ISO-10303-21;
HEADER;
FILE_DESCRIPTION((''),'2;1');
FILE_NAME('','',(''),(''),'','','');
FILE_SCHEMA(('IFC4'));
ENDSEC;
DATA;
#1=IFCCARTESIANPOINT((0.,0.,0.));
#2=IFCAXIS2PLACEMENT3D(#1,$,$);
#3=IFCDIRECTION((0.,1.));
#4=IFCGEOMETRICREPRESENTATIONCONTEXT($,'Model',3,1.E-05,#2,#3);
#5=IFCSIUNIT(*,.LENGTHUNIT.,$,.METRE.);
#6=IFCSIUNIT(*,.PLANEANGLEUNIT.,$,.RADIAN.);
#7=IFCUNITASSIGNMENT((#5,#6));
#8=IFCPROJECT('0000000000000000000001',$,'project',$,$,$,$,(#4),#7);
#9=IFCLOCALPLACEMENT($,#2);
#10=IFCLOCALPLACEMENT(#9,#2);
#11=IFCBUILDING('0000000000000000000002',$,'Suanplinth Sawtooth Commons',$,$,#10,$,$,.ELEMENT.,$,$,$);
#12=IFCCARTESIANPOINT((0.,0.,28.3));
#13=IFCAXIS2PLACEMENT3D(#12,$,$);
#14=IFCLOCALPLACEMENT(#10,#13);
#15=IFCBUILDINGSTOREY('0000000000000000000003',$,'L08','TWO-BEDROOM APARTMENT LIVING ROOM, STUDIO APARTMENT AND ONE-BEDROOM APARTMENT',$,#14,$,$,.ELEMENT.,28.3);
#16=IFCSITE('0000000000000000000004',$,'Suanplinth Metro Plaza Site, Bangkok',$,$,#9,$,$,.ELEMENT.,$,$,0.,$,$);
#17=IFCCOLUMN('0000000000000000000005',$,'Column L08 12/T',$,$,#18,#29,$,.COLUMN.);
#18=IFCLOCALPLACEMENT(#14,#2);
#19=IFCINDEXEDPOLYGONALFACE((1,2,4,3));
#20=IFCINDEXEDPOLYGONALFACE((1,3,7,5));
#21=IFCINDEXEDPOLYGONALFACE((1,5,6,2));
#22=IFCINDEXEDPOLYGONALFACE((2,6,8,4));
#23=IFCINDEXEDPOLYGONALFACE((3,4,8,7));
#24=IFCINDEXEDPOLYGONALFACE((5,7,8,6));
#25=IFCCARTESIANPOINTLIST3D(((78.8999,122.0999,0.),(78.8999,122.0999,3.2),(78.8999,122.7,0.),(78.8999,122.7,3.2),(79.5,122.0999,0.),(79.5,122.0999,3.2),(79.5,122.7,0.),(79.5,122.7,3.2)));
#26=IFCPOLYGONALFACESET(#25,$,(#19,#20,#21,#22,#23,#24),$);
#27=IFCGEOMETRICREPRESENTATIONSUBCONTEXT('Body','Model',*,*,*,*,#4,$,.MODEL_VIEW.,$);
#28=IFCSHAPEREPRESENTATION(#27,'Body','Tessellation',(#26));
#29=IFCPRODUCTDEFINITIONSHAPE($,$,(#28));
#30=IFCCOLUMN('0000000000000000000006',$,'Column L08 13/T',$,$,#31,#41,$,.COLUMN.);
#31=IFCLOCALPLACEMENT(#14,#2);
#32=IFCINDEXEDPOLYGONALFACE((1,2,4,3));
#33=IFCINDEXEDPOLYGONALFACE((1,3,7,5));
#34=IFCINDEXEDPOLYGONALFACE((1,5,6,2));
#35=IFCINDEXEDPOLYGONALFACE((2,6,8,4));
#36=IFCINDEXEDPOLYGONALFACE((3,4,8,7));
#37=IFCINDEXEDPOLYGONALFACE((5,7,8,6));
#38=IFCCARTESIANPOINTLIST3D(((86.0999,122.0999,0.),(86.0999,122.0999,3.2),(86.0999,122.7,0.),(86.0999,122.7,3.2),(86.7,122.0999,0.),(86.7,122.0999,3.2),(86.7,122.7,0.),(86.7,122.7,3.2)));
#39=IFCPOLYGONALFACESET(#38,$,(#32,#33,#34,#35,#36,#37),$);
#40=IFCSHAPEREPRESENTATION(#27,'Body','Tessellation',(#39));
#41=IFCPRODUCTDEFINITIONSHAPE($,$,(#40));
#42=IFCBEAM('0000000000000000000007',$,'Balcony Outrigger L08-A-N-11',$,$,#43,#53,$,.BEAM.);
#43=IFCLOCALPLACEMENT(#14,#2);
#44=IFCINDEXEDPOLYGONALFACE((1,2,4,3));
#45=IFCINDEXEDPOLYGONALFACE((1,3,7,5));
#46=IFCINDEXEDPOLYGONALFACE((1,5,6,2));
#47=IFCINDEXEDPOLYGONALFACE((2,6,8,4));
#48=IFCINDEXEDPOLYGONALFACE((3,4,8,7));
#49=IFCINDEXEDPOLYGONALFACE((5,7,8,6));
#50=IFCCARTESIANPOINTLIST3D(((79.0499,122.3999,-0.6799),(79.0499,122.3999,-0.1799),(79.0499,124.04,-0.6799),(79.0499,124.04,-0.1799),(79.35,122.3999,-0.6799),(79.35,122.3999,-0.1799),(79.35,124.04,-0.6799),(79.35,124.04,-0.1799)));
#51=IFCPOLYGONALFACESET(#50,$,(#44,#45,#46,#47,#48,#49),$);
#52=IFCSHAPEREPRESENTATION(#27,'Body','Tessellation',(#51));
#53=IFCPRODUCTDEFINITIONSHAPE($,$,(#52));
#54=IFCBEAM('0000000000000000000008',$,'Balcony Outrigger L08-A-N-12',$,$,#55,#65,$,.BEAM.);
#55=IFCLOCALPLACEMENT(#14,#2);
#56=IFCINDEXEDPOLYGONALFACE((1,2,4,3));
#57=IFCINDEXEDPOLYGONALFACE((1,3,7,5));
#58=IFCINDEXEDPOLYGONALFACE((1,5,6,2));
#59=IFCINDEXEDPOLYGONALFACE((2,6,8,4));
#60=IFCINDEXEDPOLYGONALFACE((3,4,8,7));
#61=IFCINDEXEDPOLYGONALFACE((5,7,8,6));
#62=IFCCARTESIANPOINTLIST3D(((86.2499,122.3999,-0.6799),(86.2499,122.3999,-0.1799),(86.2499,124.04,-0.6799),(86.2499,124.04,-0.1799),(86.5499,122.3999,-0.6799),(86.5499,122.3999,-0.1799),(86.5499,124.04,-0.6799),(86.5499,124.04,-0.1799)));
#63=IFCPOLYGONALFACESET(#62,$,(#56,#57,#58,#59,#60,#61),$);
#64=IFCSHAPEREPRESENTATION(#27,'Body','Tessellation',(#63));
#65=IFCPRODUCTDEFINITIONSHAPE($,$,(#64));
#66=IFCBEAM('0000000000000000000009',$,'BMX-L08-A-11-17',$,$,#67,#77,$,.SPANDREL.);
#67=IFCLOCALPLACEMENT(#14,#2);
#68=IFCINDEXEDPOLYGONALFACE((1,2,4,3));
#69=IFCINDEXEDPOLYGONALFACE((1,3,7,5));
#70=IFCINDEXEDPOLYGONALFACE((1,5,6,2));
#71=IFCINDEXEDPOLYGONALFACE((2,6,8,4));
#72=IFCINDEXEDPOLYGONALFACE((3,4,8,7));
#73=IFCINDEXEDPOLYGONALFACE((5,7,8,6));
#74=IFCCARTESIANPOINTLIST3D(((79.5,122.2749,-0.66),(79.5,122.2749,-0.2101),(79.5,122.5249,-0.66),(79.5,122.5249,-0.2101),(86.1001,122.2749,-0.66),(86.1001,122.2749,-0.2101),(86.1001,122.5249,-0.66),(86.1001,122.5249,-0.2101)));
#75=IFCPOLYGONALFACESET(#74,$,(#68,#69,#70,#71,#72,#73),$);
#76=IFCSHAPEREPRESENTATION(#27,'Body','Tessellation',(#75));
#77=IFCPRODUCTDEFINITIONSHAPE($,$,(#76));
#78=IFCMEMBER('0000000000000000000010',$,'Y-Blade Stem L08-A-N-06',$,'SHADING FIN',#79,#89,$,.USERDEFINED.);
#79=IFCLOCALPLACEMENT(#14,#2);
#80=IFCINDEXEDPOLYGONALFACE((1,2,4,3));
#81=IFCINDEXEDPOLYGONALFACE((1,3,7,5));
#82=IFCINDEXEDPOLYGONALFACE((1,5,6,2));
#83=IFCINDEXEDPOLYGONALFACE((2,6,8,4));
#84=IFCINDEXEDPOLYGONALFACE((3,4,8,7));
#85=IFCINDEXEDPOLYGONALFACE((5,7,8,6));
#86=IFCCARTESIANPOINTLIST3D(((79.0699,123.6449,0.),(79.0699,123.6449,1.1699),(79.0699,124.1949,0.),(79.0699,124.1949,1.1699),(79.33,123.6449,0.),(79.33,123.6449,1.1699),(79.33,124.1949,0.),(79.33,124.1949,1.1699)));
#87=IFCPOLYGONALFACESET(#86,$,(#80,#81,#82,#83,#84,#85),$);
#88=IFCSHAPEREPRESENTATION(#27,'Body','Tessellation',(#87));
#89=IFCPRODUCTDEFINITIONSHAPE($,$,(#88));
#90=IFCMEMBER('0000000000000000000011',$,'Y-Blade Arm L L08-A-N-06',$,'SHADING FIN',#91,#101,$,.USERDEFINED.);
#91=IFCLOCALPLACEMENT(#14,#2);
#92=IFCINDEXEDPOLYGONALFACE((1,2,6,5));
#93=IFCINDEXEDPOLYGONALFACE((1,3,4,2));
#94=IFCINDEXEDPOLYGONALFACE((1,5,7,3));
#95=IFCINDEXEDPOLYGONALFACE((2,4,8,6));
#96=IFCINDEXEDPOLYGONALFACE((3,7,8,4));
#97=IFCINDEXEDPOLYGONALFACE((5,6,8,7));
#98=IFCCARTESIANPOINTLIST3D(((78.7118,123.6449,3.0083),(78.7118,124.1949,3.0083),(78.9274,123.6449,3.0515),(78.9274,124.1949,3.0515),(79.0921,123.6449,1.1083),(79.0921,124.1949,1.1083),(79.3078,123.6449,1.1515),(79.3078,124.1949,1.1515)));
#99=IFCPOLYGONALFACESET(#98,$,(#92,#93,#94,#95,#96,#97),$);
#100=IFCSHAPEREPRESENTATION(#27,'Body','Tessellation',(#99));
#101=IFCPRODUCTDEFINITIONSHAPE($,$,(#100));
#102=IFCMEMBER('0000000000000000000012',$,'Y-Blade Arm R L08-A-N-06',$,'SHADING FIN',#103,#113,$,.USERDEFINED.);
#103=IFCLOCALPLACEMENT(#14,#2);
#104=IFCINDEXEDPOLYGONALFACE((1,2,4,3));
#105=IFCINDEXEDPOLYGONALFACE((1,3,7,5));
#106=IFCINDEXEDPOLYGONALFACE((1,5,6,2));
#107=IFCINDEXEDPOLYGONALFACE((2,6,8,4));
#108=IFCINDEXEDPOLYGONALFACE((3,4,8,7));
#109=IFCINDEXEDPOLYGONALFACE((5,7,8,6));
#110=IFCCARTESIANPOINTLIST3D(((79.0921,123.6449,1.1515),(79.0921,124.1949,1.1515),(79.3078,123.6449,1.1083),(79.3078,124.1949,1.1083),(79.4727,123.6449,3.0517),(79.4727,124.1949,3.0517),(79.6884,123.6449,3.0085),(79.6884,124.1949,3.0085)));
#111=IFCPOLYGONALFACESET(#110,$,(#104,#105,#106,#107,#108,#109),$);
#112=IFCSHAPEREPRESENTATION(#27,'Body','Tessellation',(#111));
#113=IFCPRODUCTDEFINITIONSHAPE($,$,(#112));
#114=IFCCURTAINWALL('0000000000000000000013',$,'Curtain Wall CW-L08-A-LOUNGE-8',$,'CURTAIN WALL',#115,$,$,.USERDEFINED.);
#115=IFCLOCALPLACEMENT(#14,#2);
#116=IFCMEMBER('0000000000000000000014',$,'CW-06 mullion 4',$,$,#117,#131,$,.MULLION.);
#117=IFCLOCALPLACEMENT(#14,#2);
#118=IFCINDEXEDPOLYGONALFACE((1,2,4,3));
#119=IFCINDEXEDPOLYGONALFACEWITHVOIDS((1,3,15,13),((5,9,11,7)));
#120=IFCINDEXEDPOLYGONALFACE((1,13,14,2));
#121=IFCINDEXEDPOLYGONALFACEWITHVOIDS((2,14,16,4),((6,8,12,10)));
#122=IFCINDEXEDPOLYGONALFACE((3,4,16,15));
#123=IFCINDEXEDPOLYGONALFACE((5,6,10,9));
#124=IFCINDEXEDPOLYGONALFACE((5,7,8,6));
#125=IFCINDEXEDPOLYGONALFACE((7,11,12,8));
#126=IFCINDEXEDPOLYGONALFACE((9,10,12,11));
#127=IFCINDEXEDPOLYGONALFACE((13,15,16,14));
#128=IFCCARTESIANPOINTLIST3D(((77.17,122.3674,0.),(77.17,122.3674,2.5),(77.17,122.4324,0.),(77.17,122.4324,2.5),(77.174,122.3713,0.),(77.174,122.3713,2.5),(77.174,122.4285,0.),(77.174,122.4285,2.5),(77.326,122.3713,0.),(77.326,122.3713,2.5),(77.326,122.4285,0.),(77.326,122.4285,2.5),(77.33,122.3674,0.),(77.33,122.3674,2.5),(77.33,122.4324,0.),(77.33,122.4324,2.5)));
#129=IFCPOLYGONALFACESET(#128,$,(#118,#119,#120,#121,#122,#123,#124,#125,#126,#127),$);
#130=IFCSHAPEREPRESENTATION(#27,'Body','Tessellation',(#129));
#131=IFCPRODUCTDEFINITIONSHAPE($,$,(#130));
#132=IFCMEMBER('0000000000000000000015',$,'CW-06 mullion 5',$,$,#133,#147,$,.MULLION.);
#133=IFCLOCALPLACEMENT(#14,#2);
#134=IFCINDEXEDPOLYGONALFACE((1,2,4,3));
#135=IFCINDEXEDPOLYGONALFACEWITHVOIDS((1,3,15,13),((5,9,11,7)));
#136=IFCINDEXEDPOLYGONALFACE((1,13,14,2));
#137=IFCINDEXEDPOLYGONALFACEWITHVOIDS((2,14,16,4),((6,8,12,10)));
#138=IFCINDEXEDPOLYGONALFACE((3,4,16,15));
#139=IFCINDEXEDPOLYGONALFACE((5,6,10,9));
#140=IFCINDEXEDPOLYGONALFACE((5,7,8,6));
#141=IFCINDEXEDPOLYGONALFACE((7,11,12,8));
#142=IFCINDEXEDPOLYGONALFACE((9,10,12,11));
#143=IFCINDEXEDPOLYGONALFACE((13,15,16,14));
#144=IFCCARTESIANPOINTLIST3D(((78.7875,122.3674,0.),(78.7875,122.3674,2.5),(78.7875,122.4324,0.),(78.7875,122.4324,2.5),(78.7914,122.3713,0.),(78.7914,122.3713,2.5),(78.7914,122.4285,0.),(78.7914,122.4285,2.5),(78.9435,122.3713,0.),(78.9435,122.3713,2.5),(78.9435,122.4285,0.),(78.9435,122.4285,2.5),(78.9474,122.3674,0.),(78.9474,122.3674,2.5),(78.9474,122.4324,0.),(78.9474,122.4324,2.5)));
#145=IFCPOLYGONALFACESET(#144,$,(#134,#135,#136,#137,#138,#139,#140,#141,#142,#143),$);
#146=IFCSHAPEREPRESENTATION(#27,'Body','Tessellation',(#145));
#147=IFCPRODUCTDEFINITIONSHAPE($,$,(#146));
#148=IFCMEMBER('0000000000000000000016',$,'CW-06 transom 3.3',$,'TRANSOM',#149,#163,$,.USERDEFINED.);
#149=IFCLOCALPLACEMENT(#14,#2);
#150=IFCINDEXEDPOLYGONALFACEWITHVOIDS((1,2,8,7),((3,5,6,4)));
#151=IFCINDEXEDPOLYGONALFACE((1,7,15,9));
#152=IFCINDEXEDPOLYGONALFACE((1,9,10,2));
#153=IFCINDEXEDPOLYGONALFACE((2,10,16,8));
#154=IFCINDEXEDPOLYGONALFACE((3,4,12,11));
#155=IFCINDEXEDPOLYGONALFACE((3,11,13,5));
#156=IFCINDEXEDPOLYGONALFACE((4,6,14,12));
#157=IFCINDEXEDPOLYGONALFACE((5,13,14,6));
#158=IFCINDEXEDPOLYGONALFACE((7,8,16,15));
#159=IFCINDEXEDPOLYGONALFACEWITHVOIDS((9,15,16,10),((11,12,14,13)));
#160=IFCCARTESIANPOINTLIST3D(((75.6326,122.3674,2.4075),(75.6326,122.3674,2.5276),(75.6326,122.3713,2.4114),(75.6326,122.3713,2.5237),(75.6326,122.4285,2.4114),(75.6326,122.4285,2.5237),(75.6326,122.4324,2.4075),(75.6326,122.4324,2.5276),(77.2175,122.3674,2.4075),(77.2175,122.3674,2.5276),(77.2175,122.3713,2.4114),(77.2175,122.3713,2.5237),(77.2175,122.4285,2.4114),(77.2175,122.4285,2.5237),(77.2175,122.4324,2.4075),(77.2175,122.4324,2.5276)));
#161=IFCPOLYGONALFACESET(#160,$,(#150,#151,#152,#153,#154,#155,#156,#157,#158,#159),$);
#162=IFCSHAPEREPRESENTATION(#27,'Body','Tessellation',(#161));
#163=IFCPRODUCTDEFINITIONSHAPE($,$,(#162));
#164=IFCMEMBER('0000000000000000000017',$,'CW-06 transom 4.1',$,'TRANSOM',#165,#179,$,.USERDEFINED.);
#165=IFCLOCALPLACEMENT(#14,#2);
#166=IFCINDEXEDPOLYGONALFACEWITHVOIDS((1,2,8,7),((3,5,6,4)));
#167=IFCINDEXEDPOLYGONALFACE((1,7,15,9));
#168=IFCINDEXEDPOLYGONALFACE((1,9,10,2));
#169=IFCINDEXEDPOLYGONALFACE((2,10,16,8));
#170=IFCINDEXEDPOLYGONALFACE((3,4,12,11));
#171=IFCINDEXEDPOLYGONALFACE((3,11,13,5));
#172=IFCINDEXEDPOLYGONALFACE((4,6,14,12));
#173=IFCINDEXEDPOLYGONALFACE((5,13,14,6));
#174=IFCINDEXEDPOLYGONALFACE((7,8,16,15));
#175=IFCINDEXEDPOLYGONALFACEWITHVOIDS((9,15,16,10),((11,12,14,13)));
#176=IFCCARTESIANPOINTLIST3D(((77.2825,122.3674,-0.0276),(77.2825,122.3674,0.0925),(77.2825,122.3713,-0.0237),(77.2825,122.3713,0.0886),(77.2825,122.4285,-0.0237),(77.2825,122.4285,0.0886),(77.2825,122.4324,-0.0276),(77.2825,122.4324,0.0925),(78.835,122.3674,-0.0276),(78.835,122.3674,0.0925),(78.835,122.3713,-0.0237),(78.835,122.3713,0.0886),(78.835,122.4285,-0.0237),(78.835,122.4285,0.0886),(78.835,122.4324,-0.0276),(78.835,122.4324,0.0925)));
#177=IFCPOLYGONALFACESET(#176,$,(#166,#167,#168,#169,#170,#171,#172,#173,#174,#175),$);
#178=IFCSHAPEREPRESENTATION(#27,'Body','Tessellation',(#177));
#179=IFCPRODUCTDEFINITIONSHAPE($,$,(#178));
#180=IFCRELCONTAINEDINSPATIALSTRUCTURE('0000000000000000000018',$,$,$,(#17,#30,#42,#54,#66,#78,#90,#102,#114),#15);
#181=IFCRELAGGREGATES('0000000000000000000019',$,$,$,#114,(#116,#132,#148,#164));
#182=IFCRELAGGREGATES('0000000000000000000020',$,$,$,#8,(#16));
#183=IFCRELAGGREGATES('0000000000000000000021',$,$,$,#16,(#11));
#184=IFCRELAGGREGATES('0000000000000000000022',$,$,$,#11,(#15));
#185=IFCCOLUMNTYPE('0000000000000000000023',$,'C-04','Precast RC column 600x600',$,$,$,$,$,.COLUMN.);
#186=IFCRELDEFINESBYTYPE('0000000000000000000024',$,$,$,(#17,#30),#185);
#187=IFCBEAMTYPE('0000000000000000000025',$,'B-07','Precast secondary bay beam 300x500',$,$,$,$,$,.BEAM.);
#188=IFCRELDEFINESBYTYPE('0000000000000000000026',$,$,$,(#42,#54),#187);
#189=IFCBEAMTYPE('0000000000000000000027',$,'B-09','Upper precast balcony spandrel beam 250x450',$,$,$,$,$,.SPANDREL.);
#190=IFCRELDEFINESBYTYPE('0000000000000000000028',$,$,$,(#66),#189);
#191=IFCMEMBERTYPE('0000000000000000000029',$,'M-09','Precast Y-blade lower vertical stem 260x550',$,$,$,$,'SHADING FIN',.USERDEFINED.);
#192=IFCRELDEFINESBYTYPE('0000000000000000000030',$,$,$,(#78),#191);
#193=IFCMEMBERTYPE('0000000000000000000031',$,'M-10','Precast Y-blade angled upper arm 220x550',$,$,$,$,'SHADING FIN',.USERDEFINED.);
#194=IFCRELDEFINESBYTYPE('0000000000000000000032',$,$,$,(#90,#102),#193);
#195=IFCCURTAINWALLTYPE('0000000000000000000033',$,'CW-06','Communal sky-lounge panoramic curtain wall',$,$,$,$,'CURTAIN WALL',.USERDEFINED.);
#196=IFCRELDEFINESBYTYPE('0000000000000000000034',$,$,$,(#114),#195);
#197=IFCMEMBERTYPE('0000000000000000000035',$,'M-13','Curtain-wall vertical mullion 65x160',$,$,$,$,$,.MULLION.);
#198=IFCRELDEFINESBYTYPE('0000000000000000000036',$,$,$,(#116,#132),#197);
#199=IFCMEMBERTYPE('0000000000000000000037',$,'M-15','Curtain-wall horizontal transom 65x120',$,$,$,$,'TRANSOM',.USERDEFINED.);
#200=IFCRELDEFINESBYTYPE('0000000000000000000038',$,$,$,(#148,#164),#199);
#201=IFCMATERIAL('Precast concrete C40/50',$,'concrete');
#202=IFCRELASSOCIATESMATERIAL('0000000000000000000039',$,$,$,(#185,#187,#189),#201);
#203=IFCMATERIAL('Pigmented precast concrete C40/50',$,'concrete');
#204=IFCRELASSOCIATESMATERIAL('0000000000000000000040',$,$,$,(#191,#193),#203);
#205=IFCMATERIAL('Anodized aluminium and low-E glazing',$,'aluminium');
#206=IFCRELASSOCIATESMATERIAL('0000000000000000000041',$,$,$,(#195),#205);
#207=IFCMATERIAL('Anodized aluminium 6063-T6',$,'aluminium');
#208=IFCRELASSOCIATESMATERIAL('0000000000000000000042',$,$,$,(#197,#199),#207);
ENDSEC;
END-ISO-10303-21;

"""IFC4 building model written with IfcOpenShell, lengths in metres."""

from ifc_helpers import new_model, si_unit, direction, frame, origin, origin_2d, place, context, subcontext, project, spatial, rectangle, hollow_rectangle, extrude, material, material_profile, profile_set, type_object, element, aggregate, save


model = new_model("IFC4")

# Units and contexts
model_context = context("Model", 3, precision=1e-05, world=origin(), true_north=direction((0.0, 1.0)))
body_context = subcontext(model_context, "Body", "Model", "MODEL_VIEW")
ifc_project = project(units=[si_unit("LENGTHUNIT", "METRE"), si_unit("PLANEANGLEUNIT", "RADIAN")], contexts=[model_context])

# Site, building, storey
site_placement = place(None, origin())
site = spatial("IfcSite", under=ifc_project, at=site_placement, Name="Suanplinth Metro Plaza Site, Bangkok", CompositionType="ELEMENT", RefElevation=0.0)
building_placement = place(site_placement, origin())
building = spatial("IfcBuilding", under=site, at=building_placement, Name="Suanplinth Sawtooth Commons", CompositionType="ELEMENT")
storey_placement = place(building_placement, frame((0.0, 0.0, 28.3)))
storey = spatial("IfcBuildingStorey", under=building, at=storey_placement, Name="L08", Description="TWO-BEDROOM APARTMENT LIVING ROOM, STUDIO APARTMENT AND ONE-BEDROOM APARTMENT", CompositionType="ELEMENT", Elevation=28.3)

# Columns
ifc_material_1 = material(Name="Precast concrete C40/50", Category="concrete")
ifc_material_profile_1 = material_profile(ifc_material_1, rectangle(XDim=0.6001, YDim=0.6001, at=origin_2d()), Name="PC-COL 600x600")
ifc_profile_set_1 = profile_set([ifc_material_profile_1], Name="Precast concrete C40/50")
column_type = type_object("IfcColumnType", Name="C-04", Description="Precast RC column 600x600", PredefinedType="COLUMN", material=ifc_profile_set_1)
for number, where, z_axis, x_axis, name in (
    (1, (79.2, 122.3999, 0.0), (0.0, 0.0, 1.0), (1.0, 0.0, 0.0), "Column L08 12/T"),
    (2, (86.3999, 122.3999, 0.0), (0.0, 0.0, 1.0), (1.0, 0.0, 0.0), "Column L08 13/T"),
):
    element("IfcColumn", number, at=place(storey_placement, frame(where, z_axis=z_axis, x_axis=x_axis)), inside=storey, type_object=column_type, Name=name, PredefinedType="COLUMN", context=body_context, shape_type="SweptSolid", body=[
        extrude(rectangle(XDim=0.6001, YDim=0.6001, at=origin_2d()), origin(), (0.0, 0.0, 1.0), 3.2),
    ])

# Beams
ifc_material_profile_2 = material_profile(ifc_material_1, rectangle(XDim=0.3, YDim=0.5, at=origin_2d()), Name="PC-BM 300x500")
ifc_profile_set_2 = profile_set([ifc_material_profile_2], Name="Precast concrete C40/50")
beam_type_1 = type_object("IfcBeamType", Name="B-07", Description="Precast secondary bay beam 300x500", PredefinedType="BEAM", material=ifc_profile_set_2)
for number, where, z_axis, x_axis, name in (
    (3, (79.2, 122.3999, -0.4299), (0.0, 1.0, 0.0), (-1.0, 0.0, 0.0), "Balcony Outrigger L08-A-N-11"),
    (4, (86.3999, 122.3999, -0.4299), (0.0, 1.0, 0.0), (-1.0, 0.0, 0.0), "Balcony Outrigger L08-A-N-12"),
):
    element("IfcBeam", number, at=place(storey_placement, frame(where, z_axis=z_axis, x_axis=x_axis)), inside=storey, type_object=beam_type_1, Name=name, PredefinedType="BEAM", context=body_context, shape_type="SweptSolid", body=[
        extrude(rectangle(XDim=0.3, YDim=0.5, at=origin_2d()), origin(), (0.0, 0.0, 1.0), 1.6401),
    ])
ifc_material_profile_3 = material_profile(ifc_material_1, rectangle(XDim=0.25, YDim=0.45, at=origin_2d()), Name="PC-SP 250x450")
ifc_profile_set_3 = profile_set([ifc_material_profile_3], Name="Precast concrete C40/50")
beam_type_2 = type_object("IfcBeamType", Name="B-09", Description="Upper precast balcony spandrel beam 250x450", PredefinedType="SPANDREL", material=ifc_profile_set_3)
beam_placement = place(storey_placement, frame((79.5, 122.3999, -0.4351), z_axis=(1.0, 0.0, 0.0), x_axis=(0.0, 1.0, 0.0)))
element("IfcBeam", 5, at=beam_placement, inside=storey, type_object=beam_type_2, Name="BMX-L08-A-11-17", PredefinedType="SPANDREL", context=body_context, shape_type="SweptSolid", body=[
    extrude(rectangle(XDim=0.25, YDim=0.45, at=origin_2d()), origin(), (0.0, 0.0, 1.0), 6.6001),
])

# Members
ifc_material_2 = material(Name="Pigmented precast concrete C40/50", Category="concrete")
ifc_material_profile_4 = material_profile(ifc_material_2, rectangle(XDim=0.26, YDim=0.55, at=origin_2d()), Name="PC-FIN 260x550")
ifc_profile_set_4 = profile_set([ifc_material_profile_4], Name="Pigmented precast concrete C40/50")
member_type_1 = type_object("IfcMemberType", Name="M-09", Description="Precast Y-blade lower vertical stem 260x550", ElementType="SHADING FIN", PredefinedType="USERDEFINED", material=ifc_profile_set_4)
member_1_placement = place(storey_placement, frame((79.2, 123.9199, 0.0), z_axis=(0.0, 0.0, 1.0), x_axis=(1.0, 0.0, 0.0)))
element("IfcMember", 6, at=member_1_placement, inside=storey, type_object=member_type_1, Name="Y-Blade Stem L08-A-N-06", ObjectType="SHADING FIN", PredefinedType="USERDEFINED", context=body_context, shape_type="SweptSolid", body=[
    extrude(rectangle(XDim=0.26, YDim=0.55, at=origin_2d()), origin(), (0.0, 0.0, 1.0), 1.1699),
])
ifc_material_profile_5 = material_profile(ifc_material_2, rectangle(XDim=0.22, YDim=0.55, at=origin_2d()), Name="PC-FIN 220x550")
ifc_profile_set_5 = profile_set([ifc_material_profile_5], Name="Pigmented precast concrete C40/50")
member_type_2 = type_object("IfcMemberType", Name="M-10", Description="Precast Y-blade angled upper arm 220x550", ElementType="SHADING FIN", PredefinedType="USERDEFINED", material=ifc_profile_set_5)
member_2_placement = place(storey_placement, frame((79.2, 123.9199, 1.1299), z_axis=(-0.196286, 0.0, 0.980547), x_axis=(0.980547, 0.0, 0.196286)))
element("IfcMember", 7, at=member_2_placement, inside=storey, type_object=member_type_2, Name="Y-Blade Arm L L08-A-N-06", ObjectType="SHADING FIN", PredefinedType="USERDEFINED", context=body_context, shape_type="SweptSolid", body=[
    extrude(rectangle(XDim=0.22, YDim=0.55, at=origin_2d()), origin(), (0.0, 0.0, 1.0), 1.9377),
])
member_3_placement = place(storey_placement, frame((79.2, 123.9199, 1.1299), z_axis=(0.196407, 0.0, 0.980522), x_axis=(-0.980522, 0.0, 0.196407)))
element("IfcMember", 8, at=member_3_placement, inside=storey, type_object=member_type_2, Name="Y-Blade Arm R L08-A-N-06", ObjectType="SHADING FIN", PredefinedType="USERDEFINED", context=body_context, shape_type="SweptSolid", body=[
    extrude(rectangle(XDim=0.22, YDim=0.55, at=origin_2d()), origin(), (0.0, 0.0, 1.0), 1.938),
])

# Curtain wall, members
ifc_material_3 = material(Name="Anodized aluminium and low-E glazing", Category="aluminium")
curtain_wall_type = type_object("IfcCurtainWallType", Name="CW-06", Description="Communal sky-lounge panoramic curtain wall", ElementType="CURTAIN WALL", PredefinedType="USERDEFINED", material=ifc_material_3)
curtain_wall_placement = place(storey_placement, origin())
curtain_wall = element("IfcCurtainWall", 9, at=curtain_wall_placement, inside=storey, type_object=curtain_wall_type, Name="Curtain Wall CW-L08-A-LOUNGE-8", ObjectType="CURTAIN WALL", PredefinedType="USERDEFINED")
ifc_material_4 = material(Name="Anodized aluminium 6063-T6", Category="aluminium")
ifc_material_profile_6 = material_profile(ifc_material_4, hollow_rectangle(XDim=0.0649, YDim=0.1599, WallThickness=0.0039, at=origin_2d()), Name="ALU-MUL 65x160")
ifc_profile_set_6 = profile_set([ifc_material_profile_6], Name="Anodized aluminium 6063-T6")
member_type_3 = type_object("IfcMemberType", Name="M-13", Description="Curtain-wall vertical mullion 65x160", PredefinedType="MULLION", material=ifc_profile_set_6)
member_4_placement = place(storey_placement, frame((77.25, 122.3999, 0.0), z_axis=(0.0, 0.0, 1.0), x_axis=(0.0, 1.0, 0.0)))
member_4 = element("IfcMember", 10, at=member_4_placement, type_object=member_type_3, Name="CW-06 mullion 4", PredefinedType="MULLION", context=body_context, shape_type="SweptSolid", body=[
    extrude(hollow_rectangle(XDim=0.0649, YDim=0.1599, WallThickness=0.0039, at=origin_2d()), origin(), (0.0, 0.0, 1.0), 2.5),
])
member_5_placement = place(storey_placement, frame((78.8674, 122.3999, 0.0), z_axis=(0.0, 0.0, 1.0), x_axis=(0.0, 1.0, 0.0)))
member_5 = element("IfcMember", 11, at=member_5_placement, type_object=member_type_3, Name="CW-06 mullion 5", PredefinedType="MULLION", context=body_context, shape_type="SweptSolid", body=[
    extrude(hollow_rectangle(XDim=0.0649, YDim=0.1599, WallThickness=0.0039, at=origin_2d()), origin(), (0.0, 0.0, 1.0), 2.5),
])
ifc_material_profile_7 = material_profile(ifc_material_4, hollow_rectangle(XDim=0.0649, YDim=0.1201, WallThickness=0.0039, at=origin_2d()), Name="ALU-TRN 65x120")
ifc_profile_set_7 = profile_set([ifc_material_profile_7], Name="Anodized aluminium 6063-T6")
member_type_4 = type_object("IfcMemberType", Name="M-15", Description="Curtain-wall horizontal transom 65x120", ElementType="TRANSOM", PredefinedType="USERDEFINED", material=ifc_profile_set_7)
member_6_placement = place(storey_placement, frame((75.6326, 122.3999, 2.4675), z_axis=(1.0, 0.0, 0.0), x_axis=(0.0, 1.0, 0.0)))
member_6 = element("IfcMember", 12, at=member_6_placement, type_object=member_type_4, Name="CW-06 transom 3.3", ObjectType="TRANSOM", PredefinedType="USERDEFINED", context=body_context, shape_type="SweptSolid", body=[
    extrude(hollow_rectangle(XDim=0.0649, YDim=0.1201, WallThickness=0.0039, at=origin_2d()), origin(), (0.0, 0.0, 1.0), 1.585),
])
member_7_placement = place(storey_placement, frame((77.2825, 122.3999, 0.0325), z_axis=(1.0, 0.0, 0.0), x_axis=(0.0, 1.0, 0.0)))
member_7 = element("IfcMember", 13, at=member_7_placement, type_object=member_type_4, Name="CW-06 transom 4.1", ObjectType="TRANSOM", PredefinedType="USERDEFINED", context=body_context, shape_type="SweptSolid", body=[
    extrude(hollow_rectangle(XDim=0.0649, YDim=0.1201, WallThickness=0.0039, at=origin_2d()), origin(), (0.0, 0.0, 1.0), 1.5525),
])

aggregate(curtain_wall, [member_4, member_5, member_6, member_7])

save(model, "model.ifc")
